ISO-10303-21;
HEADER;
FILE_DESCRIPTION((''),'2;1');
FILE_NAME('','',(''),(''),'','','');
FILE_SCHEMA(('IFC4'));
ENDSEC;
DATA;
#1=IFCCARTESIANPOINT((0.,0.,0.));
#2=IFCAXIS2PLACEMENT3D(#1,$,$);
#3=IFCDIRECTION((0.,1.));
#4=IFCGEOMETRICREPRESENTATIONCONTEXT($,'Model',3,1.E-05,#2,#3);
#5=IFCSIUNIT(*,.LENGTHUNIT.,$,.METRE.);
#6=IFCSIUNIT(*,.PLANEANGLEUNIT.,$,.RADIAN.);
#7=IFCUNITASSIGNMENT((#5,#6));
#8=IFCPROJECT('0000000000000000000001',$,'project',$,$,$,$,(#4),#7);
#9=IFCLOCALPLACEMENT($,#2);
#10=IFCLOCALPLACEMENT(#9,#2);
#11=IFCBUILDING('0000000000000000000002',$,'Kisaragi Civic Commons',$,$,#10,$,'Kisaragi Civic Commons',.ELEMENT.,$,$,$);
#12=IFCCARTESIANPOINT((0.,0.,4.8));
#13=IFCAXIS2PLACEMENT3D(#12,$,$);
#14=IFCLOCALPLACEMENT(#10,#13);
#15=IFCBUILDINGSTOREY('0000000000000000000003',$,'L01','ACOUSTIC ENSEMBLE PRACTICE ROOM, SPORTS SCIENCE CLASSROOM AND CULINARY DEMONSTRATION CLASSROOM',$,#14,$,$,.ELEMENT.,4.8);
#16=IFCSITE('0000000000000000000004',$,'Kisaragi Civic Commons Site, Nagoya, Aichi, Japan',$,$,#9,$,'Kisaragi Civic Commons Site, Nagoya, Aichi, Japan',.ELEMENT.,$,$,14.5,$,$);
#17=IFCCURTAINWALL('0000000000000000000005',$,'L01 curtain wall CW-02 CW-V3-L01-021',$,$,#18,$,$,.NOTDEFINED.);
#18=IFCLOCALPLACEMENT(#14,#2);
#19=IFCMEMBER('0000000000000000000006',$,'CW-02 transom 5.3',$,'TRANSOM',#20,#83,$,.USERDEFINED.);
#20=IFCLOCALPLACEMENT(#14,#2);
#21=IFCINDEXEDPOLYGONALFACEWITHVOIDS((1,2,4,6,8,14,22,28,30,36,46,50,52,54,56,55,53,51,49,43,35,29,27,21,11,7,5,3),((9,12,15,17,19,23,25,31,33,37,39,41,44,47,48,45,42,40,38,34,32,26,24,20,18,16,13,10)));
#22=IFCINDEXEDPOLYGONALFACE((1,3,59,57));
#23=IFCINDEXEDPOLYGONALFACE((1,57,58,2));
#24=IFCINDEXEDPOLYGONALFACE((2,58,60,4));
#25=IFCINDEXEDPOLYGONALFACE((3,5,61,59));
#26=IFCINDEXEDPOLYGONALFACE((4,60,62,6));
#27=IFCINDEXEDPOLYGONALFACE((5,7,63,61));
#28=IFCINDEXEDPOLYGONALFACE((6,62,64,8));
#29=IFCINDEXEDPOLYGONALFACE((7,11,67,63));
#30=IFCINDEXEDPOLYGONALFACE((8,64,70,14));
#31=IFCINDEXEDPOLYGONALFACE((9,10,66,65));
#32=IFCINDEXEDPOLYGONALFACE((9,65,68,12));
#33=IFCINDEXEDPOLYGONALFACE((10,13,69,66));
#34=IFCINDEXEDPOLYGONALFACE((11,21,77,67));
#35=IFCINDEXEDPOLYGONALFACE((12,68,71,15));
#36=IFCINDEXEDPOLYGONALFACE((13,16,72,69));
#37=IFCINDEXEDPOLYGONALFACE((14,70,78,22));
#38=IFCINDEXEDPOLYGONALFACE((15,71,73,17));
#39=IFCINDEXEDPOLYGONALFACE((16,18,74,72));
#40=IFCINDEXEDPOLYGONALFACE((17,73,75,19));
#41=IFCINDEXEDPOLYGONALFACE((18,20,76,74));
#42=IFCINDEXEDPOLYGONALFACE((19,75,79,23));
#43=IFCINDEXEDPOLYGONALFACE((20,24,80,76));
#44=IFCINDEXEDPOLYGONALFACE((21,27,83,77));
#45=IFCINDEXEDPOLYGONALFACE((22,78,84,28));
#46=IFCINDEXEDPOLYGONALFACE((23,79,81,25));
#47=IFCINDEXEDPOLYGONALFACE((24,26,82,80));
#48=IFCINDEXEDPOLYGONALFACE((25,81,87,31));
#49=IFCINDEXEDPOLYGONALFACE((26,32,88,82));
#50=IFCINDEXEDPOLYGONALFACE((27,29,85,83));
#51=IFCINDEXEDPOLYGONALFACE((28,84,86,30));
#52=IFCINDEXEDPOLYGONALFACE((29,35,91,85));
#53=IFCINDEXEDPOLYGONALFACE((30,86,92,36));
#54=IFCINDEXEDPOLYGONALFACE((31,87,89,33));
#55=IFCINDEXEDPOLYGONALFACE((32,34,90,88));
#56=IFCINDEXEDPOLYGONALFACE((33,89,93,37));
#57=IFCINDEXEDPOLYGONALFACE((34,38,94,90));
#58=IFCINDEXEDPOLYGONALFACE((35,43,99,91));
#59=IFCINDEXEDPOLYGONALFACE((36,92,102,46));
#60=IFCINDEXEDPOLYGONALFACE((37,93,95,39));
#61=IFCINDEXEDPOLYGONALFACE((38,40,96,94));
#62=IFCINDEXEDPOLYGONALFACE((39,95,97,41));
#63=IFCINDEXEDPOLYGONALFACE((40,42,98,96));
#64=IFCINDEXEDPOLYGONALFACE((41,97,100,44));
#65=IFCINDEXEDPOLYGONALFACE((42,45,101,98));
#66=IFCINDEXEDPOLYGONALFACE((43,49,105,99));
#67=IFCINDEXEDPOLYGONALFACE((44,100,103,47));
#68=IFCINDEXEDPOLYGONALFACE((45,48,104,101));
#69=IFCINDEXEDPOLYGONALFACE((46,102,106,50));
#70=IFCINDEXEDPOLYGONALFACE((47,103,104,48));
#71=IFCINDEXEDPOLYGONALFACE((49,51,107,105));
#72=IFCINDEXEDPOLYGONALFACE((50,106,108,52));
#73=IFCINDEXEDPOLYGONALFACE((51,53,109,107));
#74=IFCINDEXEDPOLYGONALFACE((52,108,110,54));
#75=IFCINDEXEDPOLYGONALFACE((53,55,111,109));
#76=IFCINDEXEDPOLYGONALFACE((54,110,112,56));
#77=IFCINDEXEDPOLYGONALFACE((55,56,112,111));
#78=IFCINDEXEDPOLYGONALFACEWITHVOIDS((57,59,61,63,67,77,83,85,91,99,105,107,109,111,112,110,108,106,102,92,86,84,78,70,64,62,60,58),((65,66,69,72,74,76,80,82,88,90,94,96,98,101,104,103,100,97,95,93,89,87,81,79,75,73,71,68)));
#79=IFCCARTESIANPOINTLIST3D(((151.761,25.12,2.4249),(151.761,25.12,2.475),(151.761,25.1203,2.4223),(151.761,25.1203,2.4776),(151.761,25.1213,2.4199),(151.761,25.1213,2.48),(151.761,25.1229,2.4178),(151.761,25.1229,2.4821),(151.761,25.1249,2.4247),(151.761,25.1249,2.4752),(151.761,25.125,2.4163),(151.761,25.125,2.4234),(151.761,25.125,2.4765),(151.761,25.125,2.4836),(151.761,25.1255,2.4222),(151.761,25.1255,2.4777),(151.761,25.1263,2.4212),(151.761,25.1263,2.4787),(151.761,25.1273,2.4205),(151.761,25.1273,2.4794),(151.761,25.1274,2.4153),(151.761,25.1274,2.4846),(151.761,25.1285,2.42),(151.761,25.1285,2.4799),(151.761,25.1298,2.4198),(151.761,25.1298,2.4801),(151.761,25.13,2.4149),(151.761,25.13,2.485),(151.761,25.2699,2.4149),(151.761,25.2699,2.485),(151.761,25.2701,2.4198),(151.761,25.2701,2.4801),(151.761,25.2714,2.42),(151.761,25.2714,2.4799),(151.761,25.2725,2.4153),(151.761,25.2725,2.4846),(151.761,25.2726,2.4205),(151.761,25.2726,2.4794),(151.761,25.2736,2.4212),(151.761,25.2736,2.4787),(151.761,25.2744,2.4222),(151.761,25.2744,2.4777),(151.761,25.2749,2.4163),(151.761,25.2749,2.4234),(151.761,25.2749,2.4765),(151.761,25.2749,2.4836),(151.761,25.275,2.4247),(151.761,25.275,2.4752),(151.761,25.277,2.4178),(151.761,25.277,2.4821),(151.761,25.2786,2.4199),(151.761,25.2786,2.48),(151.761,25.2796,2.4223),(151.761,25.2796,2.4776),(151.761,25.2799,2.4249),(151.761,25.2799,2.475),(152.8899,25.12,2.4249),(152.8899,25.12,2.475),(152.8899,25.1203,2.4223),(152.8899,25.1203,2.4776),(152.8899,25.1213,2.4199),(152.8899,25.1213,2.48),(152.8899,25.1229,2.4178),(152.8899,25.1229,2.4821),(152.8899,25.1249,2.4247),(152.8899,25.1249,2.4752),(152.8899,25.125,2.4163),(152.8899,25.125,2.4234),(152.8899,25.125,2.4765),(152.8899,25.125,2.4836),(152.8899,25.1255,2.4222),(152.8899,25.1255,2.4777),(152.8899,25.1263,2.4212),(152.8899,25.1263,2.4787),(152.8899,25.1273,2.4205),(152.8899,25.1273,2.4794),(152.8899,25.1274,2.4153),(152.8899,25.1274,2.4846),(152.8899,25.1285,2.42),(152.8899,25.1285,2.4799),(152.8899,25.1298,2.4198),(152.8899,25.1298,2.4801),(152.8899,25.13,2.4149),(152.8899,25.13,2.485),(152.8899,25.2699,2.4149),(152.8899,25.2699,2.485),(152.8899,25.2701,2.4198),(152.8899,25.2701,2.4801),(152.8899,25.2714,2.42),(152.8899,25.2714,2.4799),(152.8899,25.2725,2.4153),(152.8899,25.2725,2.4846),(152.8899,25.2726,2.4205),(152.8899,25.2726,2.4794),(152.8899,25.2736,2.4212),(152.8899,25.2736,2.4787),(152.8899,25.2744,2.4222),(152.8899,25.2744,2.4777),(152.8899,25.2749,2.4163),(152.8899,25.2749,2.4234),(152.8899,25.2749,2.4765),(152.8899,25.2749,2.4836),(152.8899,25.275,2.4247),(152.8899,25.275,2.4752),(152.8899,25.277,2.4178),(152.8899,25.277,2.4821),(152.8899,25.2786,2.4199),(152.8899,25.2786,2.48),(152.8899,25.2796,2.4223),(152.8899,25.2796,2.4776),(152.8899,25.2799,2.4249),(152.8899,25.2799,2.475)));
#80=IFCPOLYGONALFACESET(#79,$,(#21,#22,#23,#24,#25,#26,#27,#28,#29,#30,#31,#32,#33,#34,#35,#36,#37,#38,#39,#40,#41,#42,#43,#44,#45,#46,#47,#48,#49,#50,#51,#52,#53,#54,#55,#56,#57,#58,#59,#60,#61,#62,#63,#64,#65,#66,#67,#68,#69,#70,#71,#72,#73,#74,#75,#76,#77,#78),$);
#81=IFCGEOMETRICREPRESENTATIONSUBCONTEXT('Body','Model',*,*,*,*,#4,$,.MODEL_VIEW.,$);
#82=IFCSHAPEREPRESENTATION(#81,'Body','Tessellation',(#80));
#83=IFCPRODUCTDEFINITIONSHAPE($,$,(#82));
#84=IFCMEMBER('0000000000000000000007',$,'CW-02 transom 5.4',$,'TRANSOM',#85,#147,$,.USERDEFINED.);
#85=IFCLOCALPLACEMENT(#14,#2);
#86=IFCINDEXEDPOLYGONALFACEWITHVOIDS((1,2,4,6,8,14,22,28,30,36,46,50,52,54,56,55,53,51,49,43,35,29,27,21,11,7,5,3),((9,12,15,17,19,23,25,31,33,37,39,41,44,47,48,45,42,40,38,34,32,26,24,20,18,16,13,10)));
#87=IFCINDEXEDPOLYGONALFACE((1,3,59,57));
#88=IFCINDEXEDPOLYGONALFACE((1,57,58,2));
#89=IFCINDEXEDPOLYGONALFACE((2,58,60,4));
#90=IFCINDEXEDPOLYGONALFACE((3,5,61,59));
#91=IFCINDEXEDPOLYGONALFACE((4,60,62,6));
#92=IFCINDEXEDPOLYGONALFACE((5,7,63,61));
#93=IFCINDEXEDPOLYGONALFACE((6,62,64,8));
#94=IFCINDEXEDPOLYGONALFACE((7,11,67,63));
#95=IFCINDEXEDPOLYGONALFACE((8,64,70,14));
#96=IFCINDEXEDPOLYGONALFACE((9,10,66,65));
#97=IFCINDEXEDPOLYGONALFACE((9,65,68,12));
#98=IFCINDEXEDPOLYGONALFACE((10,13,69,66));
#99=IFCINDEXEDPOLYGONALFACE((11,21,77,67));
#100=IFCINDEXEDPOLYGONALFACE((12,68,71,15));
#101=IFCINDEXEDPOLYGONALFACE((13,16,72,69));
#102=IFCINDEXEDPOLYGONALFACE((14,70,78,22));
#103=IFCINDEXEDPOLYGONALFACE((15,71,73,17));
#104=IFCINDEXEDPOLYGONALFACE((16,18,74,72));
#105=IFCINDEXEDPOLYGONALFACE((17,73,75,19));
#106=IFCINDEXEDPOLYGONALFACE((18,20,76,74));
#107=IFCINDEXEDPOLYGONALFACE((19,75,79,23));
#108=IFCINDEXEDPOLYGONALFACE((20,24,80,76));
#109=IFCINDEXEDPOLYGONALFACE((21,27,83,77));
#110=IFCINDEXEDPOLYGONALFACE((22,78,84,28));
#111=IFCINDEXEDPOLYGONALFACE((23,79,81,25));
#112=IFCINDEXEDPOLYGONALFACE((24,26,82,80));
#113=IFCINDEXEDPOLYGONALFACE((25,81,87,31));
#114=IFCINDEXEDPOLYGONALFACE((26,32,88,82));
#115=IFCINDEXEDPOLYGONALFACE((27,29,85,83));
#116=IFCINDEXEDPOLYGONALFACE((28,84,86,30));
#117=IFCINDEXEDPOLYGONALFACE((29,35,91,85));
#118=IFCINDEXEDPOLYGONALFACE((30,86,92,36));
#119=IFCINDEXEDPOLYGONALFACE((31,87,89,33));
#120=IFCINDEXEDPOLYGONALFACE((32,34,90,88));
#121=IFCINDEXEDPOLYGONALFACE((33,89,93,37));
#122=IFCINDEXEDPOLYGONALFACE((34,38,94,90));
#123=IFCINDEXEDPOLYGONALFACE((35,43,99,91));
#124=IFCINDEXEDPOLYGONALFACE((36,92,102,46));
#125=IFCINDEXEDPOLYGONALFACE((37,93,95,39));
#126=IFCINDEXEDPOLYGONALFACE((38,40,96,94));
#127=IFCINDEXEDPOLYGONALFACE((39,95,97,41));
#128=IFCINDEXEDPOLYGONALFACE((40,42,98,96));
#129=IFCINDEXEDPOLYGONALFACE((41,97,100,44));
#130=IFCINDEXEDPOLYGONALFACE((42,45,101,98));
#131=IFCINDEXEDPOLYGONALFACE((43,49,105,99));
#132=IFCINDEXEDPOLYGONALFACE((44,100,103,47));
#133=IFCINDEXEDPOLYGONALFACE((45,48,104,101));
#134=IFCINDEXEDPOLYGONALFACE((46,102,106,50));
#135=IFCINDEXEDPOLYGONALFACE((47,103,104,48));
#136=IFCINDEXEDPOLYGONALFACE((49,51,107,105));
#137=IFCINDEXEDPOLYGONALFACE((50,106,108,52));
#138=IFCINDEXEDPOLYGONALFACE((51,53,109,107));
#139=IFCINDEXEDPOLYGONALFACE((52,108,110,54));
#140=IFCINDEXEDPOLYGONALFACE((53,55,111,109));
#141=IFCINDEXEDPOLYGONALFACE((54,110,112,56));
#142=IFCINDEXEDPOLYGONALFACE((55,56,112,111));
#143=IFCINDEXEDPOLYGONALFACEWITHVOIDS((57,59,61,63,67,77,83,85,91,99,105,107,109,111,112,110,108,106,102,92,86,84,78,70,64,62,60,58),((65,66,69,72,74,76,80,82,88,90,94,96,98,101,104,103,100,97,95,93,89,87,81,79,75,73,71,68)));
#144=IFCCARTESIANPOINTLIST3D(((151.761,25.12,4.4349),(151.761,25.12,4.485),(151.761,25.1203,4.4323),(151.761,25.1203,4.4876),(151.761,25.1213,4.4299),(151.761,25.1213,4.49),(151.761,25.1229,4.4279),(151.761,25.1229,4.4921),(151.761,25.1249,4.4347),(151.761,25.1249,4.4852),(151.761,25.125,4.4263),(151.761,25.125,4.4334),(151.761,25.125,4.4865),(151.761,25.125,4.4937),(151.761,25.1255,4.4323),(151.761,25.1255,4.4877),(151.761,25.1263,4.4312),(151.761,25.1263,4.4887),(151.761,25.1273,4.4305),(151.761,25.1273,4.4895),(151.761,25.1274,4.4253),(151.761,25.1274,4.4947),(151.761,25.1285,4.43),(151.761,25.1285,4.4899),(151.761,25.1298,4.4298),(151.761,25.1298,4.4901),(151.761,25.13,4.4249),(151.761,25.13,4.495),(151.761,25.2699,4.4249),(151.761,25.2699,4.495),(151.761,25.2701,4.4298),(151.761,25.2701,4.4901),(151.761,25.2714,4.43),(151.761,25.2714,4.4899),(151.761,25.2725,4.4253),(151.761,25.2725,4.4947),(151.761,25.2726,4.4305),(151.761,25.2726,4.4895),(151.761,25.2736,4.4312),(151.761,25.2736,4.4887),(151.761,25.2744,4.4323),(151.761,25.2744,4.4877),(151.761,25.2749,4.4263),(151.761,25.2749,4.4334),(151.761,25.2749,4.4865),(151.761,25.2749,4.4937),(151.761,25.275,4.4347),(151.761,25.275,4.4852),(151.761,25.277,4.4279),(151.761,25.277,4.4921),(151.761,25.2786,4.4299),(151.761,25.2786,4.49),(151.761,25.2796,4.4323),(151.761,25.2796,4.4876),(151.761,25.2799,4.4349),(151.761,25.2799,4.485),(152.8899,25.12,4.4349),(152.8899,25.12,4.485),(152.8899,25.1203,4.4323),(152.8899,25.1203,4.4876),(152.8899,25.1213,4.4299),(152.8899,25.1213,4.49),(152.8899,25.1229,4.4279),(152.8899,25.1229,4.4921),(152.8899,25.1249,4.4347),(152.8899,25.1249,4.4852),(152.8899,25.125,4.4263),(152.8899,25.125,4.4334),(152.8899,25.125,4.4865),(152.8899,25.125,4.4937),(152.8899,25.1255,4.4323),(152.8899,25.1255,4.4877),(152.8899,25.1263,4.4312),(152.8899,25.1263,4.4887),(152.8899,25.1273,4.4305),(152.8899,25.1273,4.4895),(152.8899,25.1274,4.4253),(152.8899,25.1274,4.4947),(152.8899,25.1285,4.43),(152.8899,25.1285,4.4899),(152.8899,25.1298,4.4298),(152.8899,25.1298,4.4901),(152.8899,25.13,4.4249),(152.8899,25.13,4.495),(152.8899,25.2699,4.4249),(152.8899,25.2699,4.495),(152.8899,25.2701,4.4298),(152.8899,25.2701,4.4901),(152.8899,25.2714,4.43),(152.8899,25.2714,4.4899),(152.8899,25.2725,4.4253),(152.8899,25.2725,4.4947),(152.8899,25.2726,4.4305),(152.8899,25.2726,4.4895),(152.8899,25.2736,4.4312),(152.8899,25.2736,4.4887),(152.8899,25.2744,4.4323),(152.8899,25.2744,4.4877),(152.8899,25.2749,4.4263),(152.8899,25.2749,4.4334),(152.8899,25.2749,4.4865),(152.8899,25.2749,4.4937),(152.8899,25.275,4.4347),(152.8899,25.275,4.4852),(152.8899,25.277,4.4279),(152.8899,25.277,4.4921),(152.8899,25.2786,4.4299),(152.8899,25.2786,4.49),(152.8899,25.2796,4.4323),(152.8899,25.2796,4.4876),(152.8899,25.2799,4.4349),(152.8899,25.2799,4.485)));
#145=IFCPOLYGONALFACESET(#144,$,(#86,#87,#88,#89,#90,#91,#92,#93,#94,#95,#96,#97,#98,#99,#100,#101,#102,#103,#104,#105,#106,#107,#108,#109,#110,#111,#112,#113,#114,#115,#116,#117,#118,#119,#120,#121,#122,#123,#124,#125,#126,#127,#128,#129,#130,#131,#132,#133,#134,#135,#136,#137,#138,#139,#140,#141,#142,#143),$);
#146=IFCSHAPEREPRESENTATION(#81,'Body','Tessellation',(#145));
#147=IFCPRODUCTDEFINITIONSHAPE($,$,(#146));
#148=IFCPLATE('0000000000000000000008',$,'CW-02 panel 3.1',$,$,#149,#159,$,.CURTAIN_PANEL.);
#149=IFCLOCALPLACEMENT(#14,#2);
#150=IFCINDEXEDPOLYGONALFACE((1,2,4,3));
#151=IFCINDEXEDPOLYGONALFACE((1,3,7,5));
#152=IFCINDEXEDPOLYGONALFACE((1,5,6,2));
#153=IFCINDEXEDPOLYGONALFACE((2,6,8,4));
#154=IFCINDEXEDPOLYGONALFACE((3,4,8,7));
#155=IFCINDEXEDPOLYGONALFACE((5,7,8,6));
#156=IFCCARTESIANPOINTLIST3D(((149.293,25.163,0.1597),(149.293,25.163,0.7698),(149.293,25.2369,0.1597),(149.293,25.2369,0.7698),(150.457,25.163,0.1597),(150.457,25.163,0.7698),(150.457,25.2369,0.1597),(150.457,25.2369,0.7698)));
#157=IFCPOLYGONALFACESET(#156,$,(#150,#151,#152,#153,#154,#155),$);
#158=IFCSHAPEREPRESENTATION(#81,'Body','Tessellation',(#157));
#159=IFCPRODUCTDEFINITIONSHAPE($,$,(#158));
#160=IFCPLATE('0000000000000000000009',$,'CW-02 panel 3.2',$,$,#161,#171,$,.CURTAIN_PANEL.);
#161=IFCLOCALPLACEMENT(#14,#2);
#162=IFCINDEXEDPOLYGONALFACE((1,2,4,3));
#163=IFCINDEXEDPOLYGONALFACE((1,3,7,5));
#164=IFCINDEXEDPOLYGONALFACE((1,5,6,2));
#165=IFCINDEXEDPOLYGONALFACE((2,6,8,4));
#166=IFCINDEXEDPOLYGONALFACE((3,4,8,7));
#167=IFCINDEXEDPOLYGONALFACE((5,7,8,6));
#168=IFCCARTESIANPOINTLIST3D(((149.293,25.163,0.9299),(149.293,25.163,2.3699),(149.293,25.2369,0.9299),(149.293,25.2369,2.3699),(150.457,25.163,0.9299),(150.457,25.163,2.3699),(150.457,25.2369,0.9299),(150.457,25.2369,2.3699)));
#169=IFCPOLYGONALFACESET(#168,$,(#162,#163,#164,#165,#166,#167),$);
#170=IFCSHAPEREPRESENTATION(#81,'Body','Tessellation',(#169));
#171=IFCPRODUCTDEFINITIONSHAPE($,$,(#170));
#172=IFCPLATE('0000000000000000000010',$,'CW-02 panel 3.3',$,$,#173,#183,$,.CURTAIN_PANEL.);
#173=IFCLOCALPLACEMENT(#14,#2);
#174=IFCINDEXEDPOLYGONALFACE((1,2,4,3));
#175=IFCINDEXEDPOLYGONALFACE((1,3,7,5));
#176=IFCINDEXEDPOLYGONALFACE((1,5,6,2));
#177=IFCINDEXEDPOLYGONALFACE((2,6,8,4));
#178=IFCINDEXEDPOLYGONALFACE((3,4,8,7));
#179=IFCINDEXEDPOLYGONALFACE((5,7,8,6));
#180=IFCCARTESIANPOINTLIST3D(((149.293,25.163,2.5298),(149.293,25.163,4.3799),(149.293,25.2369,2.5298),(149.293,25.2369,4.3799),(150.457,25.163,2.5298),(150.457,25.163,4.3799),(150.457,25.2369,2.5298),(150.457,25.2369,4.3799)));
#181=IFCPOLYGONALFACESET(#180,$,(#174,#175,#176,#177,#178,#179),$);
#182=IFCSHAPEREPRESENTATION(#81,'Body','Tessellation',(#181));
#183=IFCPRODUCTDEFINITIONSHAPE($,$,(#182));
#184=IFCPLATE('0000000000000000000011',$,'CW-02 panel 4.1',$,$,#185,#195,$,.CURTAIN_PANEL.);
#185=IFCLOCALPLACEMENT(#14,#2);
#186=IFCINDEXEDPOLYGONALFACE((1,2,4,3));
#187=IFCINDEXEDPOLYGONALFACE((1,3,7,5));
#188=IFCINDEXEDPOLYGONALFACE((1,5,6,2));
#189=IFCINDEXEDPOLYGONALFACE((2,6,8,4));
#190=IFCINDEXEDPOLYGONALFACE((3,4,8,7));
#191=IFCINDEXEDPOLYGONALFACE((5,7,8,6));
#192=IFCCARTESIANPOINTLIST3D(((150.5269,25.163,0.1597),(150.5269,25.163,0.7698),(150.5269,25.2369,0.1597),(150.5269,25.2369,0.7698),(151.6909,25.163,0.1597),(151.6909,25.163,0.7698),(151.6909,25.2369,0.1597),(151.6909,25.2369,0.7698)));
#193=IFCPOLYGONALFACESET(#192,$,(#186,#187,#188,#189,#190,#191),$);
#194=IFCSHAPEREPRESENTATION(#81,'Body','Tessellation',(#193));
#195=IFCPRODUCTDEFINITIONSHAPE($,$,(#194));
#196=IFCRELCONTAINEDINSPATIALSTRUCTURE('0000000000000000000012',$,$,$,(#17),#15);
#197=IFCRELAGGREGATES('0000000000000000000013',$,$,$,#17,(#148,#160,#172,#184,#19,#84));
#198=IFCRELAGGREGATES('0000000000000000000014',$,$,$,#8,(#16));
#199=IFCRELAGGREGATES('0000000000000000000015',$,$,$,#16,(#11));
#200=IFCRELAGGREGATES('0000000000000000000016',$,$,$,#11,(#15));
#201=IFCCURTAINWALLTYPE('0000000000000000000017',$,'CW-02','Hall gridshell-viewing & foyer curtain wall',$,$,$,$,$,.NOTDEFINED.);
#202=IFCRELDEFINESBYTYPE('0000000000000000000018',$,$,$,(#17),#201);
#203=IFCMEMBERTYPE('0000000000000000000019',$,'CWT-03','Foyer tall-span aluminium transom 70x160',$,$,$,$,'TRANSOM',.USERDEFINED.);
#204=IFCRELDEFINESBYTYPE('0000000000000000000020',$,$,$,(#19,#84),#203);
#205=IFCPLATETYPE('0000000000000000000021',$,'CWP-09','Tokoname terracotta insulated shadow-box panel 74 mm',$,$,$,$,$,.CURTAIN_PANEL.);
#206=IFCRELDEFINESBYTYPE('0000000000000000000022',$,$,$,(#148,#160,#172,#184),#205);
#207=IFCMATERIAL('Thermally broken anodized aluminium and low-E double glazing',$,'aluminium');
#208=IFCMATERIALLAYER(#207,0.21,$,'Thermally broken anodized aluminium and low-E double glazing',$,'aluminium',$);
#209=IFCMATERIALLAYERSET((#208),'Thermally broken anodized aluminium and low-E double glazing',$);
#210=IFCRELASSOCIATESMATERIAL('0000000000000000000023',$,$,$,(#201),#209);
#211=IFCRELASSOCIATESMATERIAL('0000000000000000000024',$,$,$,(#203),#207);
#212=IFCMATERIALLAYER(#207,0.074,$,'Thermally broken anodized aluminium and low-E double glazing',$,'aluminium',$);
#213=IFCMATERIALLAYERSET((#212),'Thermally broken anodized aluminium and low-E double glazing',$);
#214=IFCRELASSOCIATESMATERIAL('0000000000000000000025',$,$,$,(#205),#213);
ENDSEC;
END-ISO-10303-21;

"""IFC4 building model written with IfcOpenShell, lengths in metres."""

from ifc_helpers import new_model, si_unit, direction, frame, origin, origin_2d, place, context, subcontext, project, spatial, rectangle, hollow_rectangle, extrude, material, layer, layer_set, material_profile, profile_set, type_object, element, aggregate, save


model = new_model("IFC4")

# Units and contexts
model_context = context("Model", 3, precision=1e-05, world=origin(), true_north=direction((0.0, 1.0)))
body_context = subcontext(model_context, "Body", "Model", "MODEL_VIEW")
ifc_project = project(units=[si_unit("LENGTHUNIT", "METRE"), si_unit("PLANEANGLEUNIT", "RADIAN")], contexts=[model_context])

# Site, building, storey
site_placement = place(None, origin())
site = spatial("IfcSite", under=ifc_project, at=site_placement, Name="Kisaragi Civic Commons Site, Nagoya, Aichi, Japan", LongName="Kisaragi Civic Commons Site, Nagoya, Aichi, Japan", CompositionType="ELEMENT", RefElevation=14.5)
building_placement = place(site_placement, origin())
building = spatial("IfcBuilding", under=site, at=building_placement, Name="Kisaragi Civic Commons", LongName="Kisaragi Civic Commons", CompositionType="ELEMENT")
storey_placement = place(building_placement, frame((0.0, 0.0, 4.8)))
storey = spatial("IfcBuildingStorey", under=building, at=storey_placement, Name="L01", Description="ACOUSTIC ENSEMBLE PRACTICE ROOM, SPORTS SCIENCE CLASSROOM AND CULINARY DEMONSTRATION CLASSROOM", CompositionType="ELEMENT", Elevation=4.8)

# Curtain wall
ifc_material_1 = material(Name="Thermally broken anodized aluminium and low-E double glazing", Category="aluminium")
ifc_layer_1 = layer(ifc_material_1, 0.21, Name="Thermally broken anodized aluminium and low-E double glazing", Category="aluminium")
ifc_layer_set_1 = layer_set([ifc_layer_1], Name="Thermally broken anodized aluminium and low-E double glazing")
curtain_wall_type = type_object("IfcCurtainWallType", Name="CW-02", Description="Hall gridshell-viewing & foyer curtain wall", PredefinedType="NOTDEFINED", material=ifc_layer_set_1)
curtain_wall_1_placement = place(storey_placement, origin())
curtain_wall_1 = element("IfcCurtainWall", 1, at=curtain_wall_1_placement, inside=storey, type_object=curtain_wall_type, Name="L01 curtain wall CW-02 CW-V3-L01-021", PredefinedType="NOTDEFINED")

# Members
ifc_material_profile_1 = material_profile(ifc_material_1, hollow_rectangle(XDim=0.1599, YDim=0.0701, WallThickness=0.0049, InnerFilletRadius=0.0049, OuterFilletRadius=0.01, at=origin_2d()), Name="CWT-70x160x5", Category="aluminium")
ifc_profile_set_1 = profile_set([ifc_material_profile_1], Name="Thermally broken anodized aluminium and low-E double glazing")
member_type_1 = type_object("IfcMemberType", Name="CWT-03", Description="Foyer tall-span aluminium transom 70x160", ElementType="TRANSOM", PredefinedType="USERDEFINED", material=ifc_profile_set_1)
member_1_placement = place(storey_placement, frame((151.761, 25.2, 2.45), z_axis=(1.0, 0.0, 0.0), x_axis=(0.0, 1.0, 0.0)))
member_1 = element("IfcMember", 2, at=member_1_placement, type_object=member_type_1, Name="CW-02 transom 5.3", ObjectType="TRANSOM", PredefinedType="USERDEFINED", context=body_context, shape_type="SweptSolid", body=[
    extrude(hollow_rectangle(XDim=0.1599, YDim=0.0701, WallThickness=0.0049, InnerFilletRadius=0.0049, OuterFilletRadius=0.01, at=origin_2d()), origin(), (0.0, 0.0, 1.0), 1.1289),
])
member_2_placement = place(storey_placement, frame((151.761, 25.2, 4.46), z_axis=(1.0, 0.0, 0.0), x_axis=(0.0, 1.0, 0.0)))
member_2 = element("IfcMember", 3, at=member_2_placement, type_object=member_type_1, Name="CW-02 transom 5.4", ObjectType="TRANSOM", PredefinedType="USERDEFINED", context=body_context, shape_type="SweptSolid", body=[
    extrude(hollow_rectangle(XDim=0.1599, YDim=0.0701, WallThickness=0.0049, InnerFilletRadius=0.0049, OuterFilletRadius=0.01, at=origin_2d()), origin(), (0.0, 0.0, 1.0), 1.1289),
])

# Plates
ifc_layer_2 = layer(ifc_material_1, 0.074, Name="Thermally broken anodized aluminium and low-E double glazing", Category="aluminium")
ifc_layer_set_2 = layer_set([ifc_layer_2], Name="Thermally broken anodized aluminium and low-E double glazing")
plate_type = type_object("IfcPlateType", Name="CWP-09", Description="Tokoname terracotta insulated shadow-box panel 74 mm", PredefinedType="CURTAIN_PANEL", material=ifc_layer_set_2)
plate_1_placement = place(storey_placement, frame((149.875, 25.2, 0.1597), z_axis=(0.0, 0.0, 1.0), x_axis=(1.0, 0.0, 0.0)))
plate_1 = element("IfcPlate", 4, at=plate_1_placement, type_object=plate_type, Name="CW-02 panel 3.1", PredefinedType="CURTAIN_PANEL", context=body_context, shape_type="SweptSolid", body=[
    extrude(rectangle(XDim=1.1641, YDim=0.074, at=origin_2d()), origin(), (0.0, 0.0, 1.0), 0.6101),
])
plate_2_placement = place(storey_placement, frame((149.875, 25.2, 0.9299), z_axis=(0.0, 0.0, 1.0), x_axis=(1.0, 0.0, 0.0)))
plate_2 = element("IfcPlate", 5, at=plate_2_placement, type_object=plate_type, Name="CW-02 panel 3.2", PredefinedType="CURTAIN_PANEL", context=body_context, shape_type="SweptSolid", body=[
    extrude(rectangle(XDim=1.1641, YDim=0.074, at=origin_2d()), origin(), (0.0, 0.0, 1.0), 1.4399),
])
plate_3_placement = place(storey_placement, frame((149.875, 25.2, 2.5298), z_axis=(0.0, 0.0, 1.0), x_axis=(1.0, 0.0, 0.0)))
plate_3 = element("IfcPlate", 6, at=plate_3_placement, type_object=plate_type, Name="CW-02 panel 3.3", PredefinedType="CURTAIN_PANEL", context=body_context, shape_type="SweptSolid", body=[
    extrude(rectangle(XDim=1.1641, YDim=0.074, at=origin_2d()), origin(), (0.0, 0.0, 1.0), 1.8501),
])
plate_4_placement = place(storey_placement, frame((151.1089, 25.2, 0.1597), z_axis=(0.0, 0.0, 1.0), x_axis=(1.0, 0.0, 0.0)))
plate_4 = element("IfcPlate", 7, at=plate_4_placement, type_object=plate_type, Name="CW-02 panel 4.1", PredefinedType="CURTAIN_PANEL", context=body_context, shape_type="SweptSolid", body=[
    extrude(rectangle(XDim=1.1641, YDim=0.074, at=origin_2d()), origin(), (0.0, 0.0, 1.0), 0.6101),
])
aggregate(curtain_wall_1, [plate_1, plate_2, plate_3, plate_4, member_1, member_2])

save(model, "model.ifc")
